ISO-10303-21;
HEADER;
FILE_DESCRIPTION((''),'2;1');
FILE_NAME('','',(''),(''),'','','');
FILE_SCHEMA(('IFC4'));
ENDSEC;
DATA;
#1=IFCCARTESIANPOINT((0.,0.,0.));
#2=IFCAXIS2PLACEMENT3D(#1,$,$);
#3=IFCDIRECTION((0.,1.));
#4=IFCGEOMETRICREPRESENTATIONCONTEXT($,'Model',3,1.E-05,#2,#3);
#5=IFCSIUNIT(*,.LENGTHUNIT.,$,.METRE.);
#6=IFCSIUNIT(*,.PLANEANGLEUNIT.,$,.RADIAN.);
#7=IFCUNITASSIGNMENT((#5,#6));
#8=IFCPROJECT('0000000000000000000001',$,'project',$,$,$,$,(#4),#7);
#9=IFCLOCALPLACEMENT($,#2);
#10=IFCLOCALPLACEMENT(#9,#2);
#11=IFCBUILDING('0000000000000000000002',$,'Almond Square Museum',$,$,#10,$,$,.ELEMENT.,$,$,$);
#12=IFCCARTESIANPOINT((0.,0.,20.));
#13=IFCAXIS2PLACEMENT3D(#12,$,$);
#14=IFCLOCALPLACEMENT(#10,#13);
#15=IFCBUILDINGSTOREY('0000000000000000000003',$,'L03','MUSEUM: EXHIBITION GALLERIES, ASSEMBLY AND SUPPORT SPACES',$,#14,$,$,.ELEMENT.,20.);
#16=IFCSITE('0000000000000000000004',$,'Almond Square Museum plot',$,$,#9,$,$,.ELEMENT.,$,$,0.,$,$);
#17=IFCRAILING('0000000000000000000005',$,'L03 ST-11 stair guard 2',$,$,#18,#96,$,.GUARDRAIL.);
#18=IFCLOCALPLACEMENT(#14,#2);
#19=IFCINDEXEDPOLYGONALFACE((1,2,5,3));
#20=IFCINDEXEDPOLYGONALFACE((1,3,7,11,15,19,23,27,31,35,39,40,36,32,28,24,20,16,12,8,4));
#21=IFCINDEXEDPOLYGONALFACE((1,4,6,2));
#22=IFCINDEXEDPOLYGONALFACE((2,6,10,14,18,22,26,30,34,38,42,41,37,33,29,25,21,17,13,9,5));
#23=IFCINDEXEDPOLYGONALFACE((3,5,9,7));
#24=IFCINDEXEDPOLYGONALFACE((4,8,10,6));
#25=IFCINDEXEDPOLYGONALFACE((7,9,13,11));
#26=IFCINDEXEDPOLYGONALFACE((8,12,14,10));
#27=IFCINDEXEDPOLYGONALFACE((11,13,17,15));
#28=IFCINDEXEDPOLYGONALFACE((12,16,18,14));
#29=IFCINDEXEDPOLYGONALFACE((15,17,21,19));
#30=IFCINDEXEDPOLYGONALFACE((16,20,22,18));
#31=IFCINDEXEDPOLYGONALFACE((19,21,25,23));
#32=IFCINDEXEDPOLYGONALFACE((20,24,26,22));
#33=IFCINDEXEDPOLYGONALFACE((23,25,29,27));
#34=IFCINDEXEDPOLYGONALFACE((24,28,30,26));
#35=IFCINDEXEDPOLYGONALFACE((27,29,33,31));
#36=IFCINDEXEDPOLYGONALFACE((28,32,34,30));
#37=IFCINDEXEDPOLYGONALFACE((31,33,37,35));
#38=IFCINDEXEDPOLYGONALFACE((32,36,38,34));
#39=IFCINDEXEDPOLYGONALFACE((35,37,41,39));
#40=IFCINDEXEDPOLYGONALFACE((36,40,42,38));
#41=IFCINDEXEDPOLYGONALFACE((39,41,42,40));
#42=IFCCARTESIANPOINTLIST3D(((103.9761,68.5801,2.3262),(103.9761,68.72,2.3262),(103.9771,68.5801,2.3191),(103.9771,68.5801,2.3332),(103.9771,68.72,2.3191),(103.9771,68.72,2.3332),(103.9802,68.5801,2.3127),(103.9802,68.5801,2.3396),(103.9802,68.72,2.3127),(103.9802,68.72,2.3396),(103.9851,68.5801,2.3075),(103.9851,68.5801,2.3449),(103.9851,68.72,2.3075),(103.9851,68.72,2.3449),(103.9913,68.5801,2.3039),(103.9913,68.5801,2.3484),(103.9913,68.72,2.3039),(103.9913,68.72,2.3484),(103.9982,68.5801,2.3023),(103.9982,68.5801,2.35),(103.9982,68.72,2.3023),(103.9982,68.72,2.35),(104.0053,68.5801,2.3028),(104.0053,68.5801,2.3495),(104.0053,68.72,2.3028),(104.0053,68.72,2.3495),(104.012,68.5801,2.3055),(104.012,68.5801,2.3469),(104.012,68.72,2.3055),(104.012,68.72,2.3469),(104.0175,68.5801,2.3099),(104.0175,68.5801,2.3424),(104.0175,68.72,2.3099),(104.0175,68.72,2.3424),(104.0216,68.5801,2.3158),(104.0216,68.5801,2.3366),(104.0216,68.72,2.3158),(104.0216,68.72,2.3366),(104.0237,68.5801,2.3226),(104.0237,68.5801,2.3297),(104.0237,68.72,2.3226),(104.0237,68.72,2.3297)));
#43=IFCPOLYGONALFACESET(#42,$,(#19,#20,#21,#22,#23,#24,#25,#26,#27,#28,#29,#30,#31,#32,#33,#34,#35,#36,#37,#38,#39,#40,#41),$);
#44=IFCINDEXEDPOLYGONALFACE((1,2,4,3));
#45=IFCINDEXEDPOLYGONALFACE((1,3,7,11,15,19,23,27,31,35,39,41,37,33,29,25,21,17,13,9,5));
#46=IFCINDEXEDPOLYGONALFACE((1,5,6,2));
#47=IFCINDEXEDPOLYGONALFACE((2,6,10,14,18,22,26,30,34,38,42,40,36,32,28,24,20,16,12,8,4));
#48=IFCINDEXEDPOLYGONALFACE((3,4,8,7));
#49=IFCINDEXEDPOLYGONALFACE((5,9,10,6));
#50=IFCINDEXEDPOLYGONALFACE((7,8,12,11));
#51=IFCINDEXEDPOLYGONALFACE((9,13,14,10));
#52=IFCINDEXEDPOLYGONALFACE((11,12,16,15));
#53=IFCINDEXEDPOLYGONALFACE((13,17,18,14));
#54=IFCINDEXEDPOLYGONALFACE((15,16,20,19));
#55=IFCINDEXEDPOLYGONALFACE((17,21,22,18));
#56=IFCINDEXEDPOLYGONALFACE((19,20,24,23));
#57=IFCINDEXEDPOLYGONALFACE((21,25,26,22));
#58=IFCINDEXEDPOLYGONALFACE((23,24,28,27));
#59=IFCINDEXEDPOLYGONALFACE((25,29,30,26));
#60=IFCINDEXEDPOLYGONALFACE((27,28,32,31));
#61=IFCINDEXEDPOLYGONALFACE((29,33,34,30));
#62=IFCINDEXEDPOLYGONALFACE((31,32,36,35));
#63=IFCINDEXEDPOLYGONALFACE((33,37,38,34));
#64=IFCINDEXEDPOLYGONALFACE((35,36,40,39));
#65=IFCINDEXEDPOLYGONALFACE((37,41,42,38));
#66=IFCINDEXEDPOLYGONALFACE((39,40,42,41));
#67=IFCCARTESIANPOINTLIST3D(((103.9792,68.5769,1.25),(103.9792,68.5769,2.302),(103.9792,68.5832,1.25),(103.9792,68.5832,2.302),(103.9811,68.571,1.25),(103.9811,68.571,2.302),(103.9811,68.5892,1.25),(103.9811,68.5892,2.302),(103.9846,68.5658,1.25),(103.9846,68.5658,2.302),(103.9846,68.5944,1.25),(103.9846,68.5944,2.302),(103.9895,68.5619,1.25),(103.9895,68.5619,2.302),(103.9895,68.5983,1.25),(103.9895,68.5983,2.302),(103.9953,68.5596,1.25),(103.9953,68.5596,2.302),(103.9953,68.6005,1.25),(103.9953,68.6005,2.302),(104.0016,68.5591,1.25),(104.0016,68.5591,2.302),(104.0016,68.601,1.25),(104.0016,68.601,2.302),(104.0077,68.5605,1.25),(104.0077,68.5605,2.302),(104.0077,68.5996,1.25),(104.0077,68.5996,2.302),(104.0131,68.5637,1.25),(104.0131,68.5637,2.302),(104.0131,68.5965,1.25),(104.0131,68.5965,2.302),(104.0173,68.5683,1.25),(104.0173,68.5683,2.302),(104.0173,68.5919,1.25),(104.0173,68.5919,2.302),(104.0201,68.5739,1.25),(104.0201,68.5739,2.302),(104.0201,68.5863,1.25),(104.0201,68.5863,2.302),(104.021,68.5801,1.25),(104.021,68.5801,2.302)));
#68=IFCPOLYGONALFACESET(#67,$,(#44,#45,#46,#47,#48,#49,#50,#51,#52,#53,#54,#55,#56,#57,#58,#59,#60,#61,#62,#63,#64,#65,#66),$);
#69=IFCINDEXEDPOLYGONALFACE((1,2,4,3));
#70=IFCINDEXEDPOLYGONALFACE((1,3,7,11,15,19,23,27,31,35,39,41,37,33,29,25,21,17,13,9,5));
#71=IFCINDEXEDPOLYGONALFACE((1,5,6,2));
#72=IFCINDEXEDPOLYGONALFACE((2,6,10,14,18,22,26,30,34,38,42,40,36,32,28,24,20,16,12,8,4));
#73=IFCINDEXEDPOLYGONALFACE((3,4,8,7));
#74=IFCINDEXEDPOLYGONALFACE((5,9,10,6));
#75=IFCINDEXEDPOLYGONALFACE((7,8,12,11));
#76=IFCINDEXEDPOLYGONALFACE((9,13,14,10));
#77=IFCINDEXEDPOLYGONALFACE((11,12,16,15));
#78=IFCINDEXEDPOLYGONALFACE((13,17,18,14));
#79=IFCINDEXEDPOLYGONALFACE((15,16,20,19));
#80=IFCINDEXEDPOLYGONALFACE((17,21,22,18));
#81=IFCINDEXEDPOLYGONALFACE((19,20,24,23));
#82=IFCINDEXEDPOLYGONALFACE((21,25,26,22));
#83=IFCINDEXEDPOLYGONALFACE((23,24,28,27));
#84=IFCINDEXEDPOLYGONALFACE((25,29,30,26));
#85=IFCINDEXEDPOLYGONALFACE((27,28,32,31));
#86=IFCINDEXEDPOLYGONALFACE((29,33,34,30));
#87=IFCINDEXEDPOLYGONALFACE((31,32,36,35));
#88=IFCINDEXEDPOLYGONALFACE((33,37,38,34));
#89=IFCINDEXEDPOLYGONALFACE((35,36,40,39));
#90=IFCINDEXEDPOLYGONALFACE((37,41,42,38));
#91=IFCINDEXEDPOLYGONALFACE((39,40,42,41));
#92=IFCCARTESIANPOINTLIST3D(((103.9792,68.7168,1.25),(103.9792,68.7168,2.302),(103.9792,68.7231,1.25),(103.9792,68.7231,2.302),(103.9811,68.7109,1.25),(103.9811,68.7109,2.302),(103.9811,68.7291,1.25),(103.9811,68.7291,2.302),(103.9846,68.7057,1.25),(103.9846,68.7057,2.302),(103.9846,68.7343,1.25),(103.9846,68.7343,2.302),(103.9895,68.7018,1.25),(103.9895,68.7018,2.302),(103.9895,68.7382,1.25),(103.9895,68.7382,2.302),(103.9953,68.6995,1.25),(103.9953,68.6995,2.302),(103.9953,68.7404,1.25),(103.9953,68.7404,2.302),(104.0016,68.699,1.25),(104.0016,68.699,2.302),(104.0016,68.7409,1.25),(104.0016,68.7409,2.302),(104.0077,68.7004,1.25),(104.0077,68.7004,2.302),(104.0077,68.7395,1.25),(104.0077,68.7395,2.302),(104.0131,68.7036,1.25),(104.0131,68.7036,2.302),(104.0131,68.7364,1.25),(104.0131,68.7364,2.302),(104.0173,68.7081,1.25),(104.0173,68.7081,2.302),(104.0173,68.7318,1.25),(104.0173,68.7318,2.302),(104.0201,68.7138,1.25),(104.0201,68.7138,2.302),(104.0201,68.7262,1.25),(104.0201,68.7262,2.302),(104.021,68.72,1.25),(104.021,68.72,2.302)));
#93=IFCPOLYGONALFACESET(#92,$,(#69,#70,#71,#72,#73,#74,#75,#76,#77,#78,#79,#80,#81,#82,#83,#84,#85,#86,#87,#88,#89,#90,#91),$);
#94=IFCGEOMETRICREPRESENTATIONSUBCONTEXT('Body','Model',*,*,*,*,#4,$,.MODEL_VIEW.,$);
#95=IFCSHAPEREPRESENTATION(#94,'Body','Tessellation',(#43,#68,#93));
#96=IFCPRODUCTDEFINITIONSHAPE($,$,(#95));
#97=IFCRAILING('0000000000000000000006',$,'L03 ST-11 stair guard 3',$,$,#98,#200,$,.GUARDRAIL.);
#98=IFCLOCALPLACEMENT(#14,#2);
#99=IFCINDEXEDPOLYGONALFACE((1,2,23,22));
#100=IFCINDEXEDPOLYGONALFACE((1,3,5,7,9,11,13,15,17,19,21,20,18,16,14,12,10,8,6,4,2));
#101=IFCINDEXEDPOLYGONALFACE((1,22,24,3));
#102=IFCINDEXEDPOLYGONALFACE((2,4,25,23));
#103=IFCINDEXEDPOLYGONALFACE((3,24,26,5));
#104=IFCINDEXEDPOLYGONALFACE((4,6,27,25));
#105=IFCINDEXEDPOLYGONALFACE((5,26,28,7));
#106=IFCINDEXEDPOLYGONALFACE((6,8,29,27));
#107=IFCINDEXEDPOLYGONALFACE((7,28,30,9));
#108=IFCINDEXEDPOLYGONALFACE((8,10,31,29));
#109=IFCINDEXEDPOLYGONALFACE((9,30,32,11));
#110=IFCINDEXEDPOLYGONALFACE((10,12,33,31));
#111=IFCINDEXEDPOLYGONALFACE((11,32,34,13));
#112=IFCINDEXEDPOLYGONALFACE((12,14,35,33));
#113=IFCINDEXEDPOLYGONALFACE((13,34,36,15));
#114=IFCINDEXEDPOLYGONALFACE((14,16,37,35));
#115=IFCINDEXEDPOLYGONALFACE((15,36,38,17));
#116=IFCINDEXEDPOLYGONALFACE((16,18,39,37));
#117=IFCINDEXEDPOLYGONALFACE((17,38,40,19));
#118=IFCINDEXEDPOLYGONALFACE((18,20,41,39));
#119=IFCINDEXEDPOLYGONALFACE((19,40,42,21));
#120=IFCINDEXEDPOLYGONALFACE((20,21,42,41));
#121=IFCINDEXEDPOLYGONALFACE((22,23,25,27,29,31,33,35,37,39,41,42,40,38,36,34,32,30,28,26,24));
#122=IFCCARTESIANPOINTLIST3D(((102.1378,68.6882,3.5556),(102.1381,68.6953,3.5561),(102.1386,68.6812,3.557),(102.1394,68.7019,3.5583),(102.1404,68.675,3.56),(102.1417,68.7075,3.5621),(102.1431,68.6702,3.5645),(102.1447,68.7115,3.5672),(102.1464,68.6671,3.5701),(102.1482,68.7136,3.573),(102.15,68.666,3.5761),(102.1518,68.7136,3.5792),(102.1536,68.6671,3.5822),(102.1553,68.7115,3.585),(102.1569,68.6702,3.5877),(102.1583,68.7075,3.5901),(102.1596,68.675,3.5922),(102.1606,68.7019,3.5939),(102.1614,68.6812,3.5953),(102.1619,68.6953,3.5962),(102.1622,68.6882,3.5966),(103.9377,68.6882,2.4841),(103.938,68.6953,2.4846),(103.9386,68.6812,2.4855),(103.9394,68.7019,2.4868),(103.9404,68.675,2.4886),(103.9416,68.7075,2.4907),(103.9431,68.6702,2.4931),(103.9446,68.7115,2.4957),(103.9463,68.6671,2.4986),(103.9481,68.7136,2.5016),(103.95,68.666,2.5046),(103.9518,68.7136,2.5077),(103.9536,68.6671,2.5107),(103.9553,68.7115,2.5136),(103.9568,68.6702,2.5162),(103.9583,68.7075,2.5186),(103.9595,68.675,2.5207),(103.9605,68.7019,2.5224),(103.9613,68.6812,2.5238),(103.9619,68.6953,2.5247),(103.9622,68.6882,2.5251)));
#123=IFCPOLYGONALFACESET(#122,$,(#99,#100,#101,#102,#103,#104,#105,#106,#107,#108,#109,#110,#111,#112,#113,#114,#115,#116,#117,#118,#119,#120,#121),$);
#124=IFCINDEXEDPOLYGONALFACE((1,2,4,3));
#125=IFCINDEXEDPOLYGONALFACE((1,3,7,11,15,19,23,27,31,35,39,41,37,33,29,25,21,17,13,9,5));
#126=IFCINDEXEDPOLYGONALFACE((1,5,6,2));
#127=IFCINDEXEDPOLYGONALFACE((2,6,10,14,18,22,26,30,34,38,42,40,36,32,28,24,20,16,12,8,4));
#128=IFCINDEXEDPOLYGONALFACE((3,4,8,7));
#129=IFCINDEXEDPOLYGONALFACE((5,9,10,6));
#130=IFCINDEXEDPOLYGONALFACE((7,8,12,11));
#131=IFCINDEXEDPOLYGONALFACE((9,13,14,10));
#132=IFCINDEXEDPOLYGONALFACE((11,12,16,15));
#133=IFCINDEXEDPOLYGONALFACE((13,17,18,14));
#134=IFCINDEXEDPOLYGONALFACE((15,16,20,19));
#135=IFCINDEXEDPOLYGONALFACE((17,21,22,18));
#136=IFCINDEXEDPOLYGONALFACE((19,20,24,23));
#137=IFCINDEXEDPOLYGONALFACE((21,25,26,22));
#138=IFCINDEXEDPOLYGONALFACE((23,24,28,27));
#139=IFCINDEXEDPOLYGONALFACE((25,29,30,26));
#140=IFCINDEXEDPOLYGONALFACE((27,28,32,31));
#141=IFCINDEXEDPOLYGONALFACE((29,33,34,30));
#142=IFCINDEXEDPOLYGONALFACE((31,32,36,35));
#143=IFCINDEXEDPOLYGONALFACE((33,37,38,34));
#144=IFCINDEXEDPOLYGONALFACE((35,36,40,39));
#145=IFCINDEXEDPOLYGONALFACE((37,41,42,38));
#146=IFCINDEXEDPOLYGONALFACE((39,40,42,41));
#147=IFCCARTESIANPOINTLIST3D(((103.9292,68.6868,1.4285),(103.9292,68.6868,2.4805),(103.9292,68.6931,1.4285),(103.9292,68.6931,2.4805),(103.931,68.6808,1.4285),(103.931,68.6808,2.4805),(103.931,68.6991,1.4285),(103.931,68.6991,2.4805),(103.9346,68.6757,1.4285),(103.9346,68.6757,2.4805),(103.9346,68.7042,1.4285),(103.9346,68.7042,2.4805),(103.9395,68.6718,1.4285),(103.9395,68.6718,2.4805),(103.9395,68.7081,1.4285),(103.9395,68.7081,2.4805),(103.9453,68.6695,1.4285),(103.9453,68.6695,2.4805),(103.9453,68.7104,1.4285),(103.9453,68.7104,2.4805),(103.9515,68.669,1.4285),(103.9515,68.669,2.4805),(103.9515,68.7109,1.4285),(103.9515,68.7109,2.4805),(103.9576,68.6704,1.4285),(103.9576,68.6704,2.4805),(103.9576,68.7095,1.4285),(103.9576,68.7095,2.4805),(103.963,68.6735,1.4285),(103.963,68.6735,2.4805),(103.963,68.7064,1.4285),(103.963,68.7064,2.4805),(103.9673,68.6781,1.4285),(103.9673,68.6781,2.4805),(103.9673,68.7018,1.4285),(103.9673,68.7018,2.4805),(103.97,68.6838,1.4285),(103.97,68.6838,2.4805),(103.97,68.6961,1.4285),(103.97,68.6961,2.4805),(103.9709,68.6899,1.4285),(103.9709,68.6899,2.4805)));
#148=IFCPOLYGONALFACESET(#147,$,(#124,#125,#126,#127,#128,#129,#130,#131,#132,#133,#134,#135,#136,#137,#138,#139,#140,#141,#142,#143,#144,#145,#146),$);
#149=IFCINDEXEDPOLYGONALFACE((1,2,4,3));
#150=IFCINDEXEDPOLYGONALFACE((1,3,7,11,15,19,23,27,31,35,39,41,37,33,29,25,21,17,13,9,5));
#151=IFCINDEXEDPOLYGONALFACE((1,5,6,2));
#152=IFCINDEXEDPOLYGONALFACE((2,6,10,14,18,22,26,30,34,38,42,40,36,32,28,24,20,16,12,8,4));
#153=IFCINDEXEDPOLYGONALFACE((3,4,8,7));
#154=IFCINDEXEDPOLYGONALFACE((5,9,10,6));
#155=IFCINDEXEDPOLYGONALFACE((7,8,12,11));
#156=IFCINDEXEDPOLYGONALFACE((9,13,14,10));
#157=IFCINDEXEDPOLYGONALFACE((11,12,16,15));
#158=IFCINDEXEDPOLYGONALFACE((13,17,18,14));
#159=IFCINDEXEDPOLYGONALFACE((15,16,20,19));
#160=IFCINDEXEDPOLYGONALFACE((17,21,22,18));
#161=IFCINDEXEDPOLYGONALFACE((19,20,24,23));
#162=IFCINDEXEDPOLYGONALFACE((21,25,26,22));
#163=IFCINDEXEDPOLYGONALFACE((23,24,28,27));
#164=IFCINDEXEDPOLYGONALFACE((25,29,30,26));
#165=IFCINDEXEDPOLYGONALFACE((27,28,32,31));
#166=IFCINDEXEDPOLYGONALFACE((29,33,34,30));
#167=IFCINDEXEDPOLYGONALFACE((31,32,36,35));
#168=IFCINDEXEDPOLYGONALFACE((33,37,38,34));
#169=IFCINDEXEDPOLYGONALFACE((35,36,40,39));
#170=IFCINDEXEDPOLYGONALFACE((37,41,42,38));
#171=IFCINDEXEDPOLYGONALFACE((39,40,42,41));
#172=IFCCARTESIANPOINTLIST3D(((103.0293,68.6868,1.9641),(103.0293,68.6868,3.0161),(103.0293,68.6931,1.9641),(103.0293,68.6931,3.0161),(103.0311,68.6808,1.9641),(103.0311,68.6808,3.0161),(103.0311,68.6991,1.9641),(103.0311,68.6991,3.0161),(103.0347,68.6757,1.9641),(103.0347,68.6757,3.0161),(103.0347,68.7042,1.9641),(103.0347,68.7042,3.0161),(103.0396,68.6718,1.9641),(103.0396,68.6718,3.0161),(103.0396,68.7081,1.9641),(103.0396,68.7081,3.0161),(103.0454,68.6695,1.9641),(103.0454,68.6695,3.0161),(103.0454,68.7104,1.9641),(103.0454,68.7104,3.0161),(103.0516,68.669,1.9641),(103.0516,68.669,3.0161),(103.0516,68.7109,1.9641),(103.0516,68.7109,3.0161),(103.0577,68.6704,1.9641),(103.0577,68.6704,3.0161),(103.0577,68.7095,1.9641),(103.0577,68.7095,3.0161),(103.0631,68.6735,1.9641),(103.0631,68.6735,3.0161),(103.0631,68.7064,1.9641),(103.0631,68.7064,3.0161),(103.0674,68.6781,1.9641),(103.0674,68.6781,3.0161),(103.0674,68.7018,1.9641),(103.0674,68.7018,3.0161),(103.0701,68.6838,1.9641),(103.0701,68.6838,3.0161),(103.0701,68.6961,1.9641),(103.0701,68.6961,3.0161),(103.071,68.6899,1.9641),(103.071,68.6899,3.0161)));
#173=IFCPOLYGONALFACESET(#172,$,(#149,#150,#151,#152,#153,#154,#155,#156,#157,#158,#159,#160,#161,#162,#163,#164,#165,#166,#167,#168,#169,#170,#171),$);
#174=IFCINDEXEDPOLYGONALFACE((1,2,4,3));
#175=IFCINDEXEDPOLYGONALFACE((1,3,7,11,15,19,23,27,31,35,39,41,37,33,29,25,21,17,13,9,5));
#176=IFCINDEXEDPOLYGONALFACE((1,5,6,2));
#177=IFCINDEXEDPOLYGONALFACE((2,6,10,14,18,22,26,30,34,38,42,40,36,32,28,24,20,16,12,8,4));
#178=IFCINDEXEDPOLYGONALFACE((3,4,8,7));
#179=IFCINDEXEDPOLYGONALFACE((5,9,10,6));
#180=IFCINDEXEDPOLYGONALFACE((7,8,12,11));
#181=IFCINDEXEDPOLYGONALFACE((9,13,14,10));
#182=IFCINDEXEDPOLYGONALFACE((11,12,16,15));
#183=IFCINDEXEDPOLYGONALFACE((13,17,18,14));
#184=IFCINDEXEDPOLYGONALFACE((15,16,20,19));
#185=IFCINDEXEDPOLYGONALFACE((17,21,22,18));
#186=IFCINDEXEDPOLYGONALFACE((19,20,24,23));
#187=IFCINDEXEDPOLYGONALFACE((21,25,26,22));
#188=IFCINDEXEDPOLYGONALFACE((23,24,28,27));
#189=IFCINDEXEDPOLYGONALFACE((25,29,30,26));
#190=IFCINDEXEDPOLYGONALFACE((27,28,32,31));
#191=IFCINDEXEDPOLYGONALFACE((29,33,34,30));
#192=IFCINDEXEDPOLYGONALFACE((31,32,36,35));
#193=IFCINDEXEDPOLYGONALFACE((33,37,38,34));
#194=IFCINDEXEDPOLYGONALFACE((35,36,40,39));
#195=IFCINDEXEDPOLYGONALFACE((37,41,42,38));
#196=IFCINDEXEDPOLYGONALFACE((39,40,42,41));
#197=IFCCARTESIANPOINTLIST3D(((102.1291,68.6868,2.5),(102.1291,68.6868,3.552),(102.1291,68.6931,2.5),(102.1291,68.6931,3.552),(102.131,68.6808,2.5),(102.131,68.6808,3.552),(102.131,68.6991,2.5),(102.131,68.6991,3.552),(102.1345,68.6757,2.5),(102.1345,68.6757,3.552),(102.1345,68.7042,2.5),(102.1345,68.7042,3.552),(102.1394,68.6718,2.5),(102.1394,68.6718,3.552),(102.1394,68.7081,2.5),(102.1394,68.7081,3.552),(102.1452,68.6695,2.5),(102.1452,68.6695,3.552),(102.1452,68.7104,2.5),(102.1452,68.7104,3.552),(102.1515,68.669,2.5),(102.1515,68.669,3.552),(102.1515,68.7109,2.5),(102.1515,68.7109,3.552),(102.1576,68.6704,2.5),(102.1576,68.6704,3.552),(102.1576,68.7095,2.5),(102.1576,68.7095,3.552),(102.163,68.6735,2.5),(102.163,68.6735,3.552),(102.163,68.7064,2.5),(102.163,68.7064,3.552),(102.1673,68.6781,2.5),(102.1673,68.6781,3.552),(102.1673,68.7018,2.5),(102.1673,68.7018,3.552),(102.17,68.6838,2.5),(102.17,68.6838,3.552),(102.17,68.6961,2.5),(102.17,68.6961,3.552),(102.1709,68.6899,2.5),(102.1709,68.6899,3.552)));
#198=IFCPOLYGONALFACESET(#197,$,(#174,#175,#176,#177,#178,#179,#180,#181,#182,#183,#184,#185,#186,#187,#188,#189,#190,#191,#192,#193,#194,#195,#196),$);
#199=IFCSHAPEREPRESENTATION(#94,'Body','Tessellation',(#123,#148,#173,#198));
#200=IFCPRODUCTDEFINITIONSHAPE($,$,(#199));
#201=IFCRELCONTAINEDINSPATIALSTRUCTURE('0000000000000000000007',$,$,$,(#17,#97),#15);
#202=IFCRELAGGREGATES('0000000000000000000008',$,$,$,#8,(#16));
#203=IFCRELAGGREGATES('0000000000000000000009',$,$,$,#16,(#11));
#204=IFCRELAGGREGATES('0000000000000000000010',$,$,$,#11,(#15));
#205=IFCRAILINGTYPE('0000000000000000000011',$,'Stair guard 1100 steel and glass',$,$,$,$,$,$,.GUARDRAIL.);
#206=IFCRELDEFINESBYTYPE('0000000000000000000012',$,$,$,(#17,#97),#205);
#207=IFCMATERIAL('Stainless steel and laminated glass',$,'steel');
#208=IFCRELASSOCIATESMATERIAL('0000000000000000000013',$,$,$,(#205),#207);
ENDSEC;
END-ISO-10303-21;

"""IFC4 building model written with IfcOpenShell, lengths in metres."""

from ifc_helpers import new_model, si_unit, direction, frame, origin, origin_2d, place, context, subcontext, project, spatial, circle, extrude, material, type_object, element, save


model = new_model("IFC4")

# Units and contexts
model_context = context("Model", 3, precision=1e-05, world=origin(), true_north=direction((0.0, 1.0)))
body_context = subcontext(model_context, "Body", "Model", "MODEL_VIEW")
ifc_project = project(units=[si_unit("LENGTHUNIT", "METRE"), si_unit("PLANEANGLEUNIT", "RADIAN")], contexts=[model_context])

# Site, building, storey
site_placement = place(None, origin())
site = spatial("IfcSite", under=ifc_project, at=site_placement, Name="Almond Square Museum plot", CompositionType="ELEMENT", RefElevation=0.0)
building_placement = place(site_placement, origin())
building = spatial("IfcBuilding", under=site, at=building_placement, Name="Almond Square Museum", CompositionType="ELEMENT")
storey_placement = place(building_placement, frame((0.0, 0.0, 20.0)))
storey = spatial("IfcBuildingStorey", under=building, at=storey_placement, Name="L03", Description="MUSEUM: EXHIBITION GALLERIES, ASSEMBLY AND SUPPORT SPACES", CompositionType="ELEMENT", Elevation=20.0)

# Railings
ifc_material_1 = material(Name="Stainless steel and laminated glass", Category="steel")
railing_type_1 = type_object("IfcRailingType", Name="Stair guard 1100 steel and glass", PredefinedType="GUARDRAIL", material=ifc_material_1)
railing_1_placement = place(storey_placement, frame((104.0, 68.5801, 1.25)))
element("IfcRailing", 1, at=railing_1_placement, inside=storey, type_object=railing_type_1, Name="L03 ST-11 stair guard 2", PredefinedType="GUARDRAIL", context=body_context, shape_type="SweptSolid", body=[
    extrude(circle(Radius=0.0239, at=origin_2d()), frame((0.0, 0.0, 1.0762), z_axis=(0.0, 1.0, 0.0), x_axis=(-1.0, 0.0, 0.0)), (0.0, 0.0, 1.0), 0.1399),
    extrude(circle(Radius=0.021, at=origin_2d()), origin(), (0.0, 0.0, 1.0), 1.052),
    extrude(circle(Radius=0.021, at=origin_2d()), frame((0.0, 0.1399, 0.0)), (0.0, 0.0, 1.0), 1.052),
])
railing_2_placement = place(storey_placement, frame((103.95, 68.6899, 1.4285)))
element("IfcRailing", 2, at=railing_2_placement, inside=storey, type_object=railing_type_1, Name="L03 ST-11 stair guard 3", PredefinedType="GUARDRAIL", context=body_context, shape_type="SweptSolid", body=[
    extrude(circle(Radius=0.0239, at=origin_2d()), frame((0.0, 0.0, 1.0762), z_axis=(-0.859277, 0.0, 0.51151), x_axis=(0.0, -1.0, 0.0)), (0.0, 0.0, 1.0), 2.0947),
    extrude(circle(Radius=0.021, at=origin_2d()), origin(), (0.0, 0.0, 1.0), 1.052),
    extrude(circle(Radius=0.021, at=origin_2d()), frame((-0.8999, 0.0, 0.5356)), (0.0, 0.0, 1.0), 1.052),
    extrude(circle(Radius=0.021, at=origin_2d()), frame((-1.8, 0.0, 1.0715)), (0.0, 0.0, 1.0), 1.052),
])

save(model, "model.ifc")
